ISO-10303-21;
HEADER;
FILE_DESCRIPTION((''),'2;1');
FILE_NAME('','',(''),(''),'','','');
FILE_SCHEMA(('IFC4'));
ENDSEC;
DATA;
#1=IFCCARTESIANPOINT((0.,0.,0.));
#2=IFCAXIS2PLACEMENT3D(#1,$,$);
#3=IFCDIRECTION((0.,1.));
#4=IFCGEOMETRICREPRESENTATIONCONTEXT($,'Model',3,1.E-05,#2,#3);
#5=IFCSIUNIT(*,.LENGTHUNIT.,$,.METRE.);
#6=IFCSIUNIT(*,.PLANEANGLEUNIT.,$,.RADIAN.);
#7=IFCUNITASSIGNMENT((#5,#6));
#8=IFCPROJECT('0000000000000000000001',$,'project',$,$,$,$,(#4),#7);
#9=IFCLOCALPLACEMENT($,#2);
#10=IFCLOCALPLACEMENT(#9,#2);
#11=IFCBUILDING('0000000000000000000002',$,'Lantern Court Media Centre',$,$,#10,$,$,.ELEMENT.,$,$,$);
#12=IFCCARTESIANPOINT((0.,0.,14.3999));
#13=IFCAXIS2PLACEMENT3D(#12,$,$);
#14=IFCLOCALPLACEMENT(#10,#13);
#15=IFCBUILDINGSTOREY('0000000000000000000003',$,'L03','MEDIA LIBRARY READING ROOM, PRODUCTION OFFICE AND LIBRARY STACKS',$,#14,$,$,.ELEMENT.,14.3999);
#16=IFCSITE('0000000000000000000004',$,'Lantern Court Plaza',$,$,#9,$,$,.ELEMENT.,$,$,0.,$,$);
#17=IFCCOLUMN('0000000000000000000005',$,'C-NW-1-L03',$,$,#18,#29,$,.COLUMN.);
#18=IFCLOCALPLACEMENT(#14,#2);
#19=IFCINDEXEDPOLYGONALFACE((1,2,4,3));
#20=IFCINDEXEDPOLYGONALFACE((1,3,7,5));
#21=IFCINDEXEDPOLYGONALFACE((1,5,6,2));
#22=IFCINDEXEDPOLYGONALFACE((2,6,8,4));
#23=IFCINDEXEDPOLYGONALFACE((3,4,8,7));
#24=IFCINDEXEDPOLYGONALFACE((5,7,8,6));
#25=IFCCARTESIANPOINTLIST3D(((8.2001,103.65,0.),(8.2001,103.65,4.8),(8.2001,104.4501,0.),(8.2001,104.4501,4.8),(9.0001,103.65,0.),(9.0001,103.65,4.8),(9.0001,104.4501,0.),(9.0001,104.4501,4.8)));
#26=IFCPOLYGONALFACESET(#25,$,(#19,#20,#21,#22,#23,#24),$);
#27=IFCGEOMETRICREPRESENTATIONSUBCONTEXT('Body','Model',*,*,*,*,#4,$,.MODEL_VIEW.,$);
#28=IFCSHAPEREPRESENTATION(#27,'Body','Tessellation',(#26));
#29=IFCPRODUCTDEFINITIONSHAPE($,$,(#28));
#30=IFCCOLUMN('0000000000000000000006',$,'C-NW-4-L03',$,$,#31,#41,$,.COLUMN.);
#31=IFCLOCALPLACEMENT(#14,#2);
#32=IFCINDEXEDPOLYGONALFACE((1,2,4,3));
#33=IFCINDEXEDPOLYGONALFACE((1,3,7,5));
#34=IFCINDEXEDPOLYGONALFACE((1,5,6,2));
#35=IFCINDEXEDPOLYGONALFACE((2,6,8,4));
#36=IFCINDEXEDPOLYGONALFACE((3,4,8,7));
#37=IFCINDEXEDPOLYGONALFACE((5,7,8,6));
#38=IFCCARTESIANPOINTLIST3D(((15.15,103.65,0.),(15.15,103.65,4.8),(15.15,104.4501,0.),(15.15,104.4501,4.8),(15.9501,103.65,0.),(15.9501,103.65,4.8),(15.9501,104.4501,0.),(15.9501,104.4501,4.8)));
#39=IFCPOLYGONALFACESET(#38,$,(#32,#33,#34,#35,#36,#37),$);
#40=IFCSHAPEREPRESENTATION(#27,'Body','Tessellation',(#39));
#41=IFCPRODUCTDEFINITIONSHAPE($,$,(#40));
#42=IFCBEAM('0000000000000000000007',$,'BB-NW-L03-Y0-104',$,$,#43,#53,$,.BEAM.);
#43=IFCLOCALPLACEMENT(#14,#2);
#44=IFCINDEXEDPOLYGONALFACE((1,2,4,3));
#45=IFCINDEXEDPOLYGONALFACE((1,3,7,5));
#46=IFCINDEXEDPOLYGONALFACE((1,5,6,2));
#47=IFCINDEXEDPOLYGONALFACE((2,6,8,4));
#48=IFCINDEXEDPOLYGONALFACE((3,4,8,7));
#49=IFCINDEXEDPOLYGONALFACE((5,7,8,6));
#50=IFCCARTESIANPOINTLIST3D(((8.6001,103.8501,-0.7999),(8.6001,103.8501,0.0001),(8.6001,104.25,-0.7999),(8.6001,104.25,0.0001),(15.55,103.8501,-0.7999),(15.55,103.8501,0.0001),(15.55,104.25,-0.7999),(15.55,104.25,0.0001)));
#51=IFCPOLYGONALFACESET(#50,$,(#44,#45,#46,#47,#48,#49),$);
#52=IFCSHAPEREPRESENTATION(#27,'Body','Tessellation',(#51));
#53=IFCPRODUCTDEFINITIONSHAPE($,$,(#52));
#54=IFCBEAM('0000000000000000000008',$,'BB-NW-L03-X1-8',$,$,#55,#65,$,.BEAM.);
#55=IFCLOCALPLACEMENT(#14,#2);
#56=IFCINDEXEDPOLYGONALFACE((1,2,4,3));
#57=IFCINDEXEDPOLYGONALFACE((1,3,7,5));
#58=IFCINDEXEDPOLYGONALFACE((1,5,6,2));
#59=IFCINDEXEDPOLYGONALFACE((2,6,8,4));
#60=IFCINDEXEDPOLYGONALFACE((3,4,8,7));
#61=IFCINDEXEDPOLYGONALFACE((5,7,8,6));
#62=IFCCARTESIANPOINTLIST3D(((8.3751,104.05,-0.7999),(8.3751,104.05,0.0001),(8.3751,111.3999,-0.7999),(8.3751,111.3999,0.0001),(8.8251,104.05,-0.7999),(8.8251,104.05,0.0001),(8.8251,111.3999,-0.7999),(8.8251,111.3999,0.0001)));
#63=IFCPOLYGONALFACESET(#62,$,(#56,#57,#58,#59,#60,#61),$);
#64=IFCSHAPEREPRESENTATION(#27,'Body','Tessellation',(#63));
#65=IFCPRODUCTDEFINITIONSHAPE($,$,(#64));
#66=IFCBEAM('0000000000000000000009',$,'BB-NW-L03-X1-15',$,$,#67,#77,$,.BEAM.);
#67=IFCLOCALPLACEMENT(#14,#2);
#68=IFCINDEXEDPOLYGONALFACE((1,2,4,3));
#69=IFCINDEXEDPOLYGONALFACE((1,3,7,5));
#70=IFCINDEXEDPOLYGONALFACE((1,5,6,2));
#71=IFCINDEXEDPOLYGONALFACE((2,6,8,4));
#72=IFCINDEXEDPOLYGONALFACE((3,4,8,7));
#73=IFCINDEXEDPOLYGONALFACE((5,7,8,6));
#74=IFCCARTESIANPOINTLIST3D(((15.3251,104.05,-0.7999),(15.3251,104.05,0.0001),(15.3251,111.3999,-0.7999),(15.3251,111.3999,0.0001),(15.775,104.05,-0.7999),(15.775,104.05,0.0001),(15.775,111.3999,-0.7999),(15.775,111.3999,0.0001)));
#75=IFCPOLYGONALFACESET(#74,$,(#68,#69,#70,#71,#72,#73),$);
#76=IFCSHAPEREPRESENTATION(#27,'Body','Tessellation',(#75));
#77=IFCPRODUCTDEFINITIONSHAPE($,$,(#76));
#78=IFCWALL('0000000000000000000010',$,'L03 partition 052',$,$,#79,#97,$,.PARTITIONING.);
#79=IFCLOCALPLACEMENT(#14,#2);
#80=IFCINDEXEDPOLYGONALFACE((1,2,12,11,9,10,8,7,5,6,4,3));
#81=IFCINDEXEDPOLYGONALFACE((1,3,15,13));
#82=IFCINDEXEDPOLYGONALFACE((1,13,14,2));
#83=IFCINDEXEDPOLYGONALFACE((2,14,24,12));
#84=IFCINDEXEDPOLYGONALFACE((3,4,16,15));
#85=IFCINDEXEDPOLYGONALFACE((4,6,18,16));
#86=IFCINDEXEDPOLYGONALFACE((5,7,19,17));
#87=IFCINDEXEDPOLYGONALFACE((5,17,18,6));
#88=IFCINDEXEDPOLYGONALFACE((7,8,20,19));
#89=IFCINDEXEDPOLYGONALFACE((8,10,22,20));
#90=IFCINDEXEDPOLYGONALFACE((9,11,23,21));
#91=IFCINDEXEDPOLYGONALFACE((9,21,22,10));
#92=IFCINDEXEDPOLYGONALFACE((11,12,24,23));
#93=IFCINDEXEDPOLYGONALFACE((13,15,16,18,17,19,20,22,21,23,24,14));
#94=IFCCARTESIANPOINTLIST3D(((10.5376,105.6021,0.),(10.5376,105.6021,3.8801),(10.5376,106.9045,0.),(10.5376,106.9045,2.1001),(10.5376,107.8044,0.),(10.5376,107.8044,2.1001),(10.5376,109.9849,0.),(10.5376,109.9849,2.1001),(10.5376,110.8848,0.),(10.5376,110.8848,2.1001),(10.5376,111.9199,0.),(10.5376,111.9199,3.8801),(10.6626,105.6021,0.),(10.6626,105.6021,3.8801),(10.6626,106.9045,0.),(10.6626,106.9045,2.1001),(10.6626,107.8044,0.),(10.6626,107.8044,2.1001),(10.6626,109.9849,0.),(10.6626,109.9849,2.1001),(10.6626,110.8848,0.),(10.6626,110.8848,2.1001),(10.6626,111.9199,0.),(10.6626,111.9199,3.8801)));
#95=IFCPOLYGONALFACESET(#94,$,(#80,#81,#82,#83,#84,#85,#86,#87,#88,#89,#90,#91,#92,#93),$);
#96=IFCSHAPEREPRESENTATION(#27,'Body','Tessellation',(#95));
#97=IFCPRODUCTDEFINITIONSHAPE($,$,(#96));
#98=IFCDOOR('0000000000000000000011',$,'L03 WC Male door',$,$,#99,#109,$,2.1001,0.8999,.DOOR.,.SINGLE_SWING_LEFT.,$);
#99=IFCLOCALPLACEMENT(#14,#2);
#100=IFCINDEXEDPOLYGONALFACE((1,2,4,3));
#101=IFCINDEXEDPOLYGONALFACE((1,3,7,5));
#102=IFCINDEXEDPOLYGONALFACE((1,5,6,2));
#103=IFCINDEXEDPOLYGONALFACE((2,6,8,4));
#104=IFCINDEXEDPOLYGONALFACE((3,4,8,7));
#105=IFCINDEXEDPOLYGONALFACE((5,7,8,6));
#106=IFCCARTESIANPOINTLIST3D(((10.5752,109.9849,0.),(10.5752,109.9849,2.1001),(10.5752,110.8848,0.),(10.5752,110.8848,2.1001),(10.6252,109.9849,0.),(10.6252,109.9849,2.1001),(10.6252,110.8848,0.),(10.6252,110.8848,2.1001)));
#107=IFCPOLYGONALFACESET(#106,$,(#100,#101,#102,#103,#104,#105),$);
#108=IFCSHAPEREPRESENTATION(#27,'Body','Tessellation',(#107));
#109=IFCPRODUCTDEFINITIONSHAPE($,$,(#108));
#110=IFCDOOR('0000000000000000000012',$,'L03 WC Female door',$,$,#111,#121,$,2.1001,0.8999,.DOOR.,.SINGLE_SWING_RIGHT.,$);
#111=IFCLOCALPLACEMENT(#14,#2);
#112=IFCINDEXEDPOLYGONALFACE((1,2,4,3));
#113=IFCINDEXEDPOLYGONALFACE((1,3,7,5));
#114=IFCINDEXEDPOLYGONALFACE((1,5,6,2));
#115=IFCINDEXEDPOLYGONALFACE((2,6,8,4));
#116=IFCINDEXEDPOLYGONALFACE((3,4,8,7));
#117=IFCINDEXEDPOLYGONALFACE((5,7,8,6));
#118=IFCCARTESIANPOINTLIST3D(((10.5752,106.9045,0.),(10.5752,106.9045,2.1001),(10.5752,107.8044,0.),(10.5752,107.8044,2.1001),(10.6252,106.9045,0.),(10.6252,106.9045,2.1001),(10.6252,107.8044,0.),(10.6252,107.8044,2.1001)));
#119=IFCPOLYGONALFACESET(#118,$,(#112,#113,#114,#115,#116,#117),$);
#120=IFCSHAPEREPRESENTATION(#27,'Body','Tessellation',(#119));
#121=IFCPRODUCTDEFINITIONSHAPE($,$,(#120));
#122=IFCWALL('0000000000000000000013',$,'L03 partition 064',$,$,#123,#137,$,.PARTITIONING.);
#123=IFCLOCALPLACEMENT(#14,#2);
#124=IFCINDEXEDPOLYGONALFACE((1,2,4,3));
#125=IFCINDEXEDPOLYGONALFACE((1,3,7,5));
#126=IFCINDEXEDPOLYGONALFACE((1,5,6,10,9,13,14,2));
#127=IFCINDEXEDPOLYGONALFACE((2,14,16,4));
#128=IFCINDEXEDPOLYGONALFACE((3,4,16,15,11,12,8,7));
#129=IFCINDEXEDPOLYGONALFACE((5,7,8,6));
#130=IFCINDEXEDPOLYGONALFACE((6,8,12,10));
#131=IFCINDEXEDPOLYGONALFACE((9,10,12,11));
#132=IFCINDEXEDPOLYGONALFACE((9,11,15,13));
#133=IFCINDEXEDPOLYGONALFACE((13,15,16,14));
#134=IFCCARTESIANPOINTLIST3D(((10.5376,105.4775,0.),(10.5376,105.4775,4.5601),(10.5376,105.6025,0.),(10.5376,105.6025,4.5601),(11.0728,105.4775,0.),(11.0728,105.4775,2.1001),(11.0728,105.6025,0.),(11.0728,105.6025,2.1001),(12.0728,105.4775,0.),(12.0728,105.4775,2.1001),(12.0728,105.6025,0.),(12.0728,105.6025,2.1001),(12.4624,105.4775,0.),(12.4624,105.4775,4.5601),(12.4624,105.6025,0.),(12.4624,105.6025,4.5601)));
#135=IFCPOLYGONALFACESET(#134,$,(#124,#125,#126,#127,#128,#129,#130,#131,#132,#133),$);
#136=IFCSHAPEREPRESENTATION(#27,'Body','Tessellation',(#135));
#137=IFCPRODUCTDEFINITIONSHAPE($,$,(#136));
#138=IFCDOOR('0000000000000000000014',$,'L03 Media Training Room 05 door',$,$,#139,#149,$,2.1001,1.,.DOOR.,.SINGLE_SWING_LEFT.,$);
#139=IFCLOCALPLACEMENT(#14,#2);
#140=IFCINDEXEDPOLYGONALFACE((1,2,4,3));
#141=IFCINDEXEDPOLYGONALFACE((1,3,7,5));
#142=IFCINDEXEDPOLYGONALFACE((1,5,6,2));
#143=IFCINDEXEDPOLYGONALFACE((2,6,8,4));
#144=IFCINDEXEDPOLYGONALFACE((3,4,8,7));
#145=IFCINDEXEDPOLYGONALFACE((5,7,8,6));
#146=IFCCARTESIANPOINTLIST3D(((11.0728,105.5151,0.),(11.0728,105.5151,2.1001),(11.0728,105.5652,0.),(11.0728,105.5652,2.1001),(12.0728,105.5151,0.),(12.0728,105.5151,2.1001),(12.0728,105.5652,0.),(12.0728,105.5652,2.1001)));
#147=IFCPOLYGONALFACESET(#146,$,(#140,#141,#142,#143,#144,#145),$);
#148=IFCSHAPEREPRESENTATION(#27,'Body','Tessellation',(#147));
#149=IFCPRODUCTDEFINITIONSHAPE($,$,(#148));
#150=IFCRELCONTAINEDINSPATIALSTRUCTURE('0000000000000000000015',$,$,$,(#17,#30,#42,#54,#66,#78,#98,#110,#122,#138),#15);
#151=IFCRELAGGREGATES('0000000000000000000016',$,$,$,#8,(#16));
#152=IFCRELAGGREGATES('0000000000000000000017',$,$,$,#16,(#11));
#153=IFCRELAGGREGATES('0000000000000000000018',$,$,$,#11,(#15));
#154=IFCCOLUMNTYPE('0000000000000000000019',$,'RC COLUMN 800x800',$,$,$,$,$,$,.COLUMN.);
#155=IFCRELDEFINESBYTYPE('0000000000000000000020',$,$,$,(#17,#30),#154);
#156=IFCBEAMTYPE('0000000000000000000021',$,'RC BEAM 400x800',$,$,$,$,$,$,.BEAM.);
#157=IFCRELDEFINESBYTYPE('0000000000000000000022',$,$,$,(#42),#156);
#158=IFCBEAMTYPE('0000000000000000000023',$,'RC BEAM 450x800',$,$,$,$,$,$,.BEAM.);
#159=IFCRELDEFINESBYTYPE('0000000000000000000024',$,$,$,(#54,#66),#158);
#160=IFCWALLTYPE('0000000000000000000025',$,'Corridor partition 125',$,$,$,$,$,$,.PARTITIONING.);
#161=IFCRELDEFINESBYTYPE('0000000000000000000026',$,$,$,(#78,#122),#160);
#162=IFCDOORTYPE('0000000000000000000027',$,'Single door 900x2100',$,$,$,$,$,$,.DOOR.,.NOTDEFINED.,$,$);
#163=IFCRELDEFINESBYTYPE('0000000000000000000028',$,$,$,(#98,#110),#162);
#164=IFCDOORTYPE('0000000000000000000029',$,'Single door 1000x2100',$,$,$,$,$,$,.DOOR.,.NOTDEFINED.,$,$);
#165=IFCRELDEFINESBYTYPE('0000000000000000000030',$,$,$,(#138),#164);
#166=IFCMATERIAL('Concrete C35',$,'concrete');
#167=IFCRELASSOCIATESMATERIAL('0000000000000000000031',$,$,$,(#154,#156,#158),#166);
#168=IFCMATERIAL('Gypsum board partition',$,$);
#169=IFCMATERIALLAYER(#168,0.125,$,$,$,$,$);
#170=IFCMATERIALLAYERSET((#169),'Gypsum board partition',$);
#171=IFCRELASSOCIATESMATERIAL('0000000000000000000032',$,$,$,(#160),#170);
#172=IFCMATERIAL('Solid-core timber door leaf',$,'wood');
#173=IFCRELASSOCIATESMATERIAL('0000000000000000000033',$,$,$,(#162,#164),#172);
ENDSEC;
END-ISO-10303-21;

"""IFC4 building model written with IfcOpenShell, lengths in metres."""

from ifc_helpers import new_model, si_unit, direction, frame, frame_2d, origin, origin_2d, place, context, subcontext, project, spatial, rectangle, extrude, material, layer, layer_set, material_profile, profile_set, type_object, element, fill, save


model = new_model("IFC4")

# Units and contexts
model_context = context("Model", 3, precision=1e-05, world=origin(), true_north=direction((0.0, 1.0)))
body_context = subcontext(model_context, "Body", "Model", "MODEL_VIEW")
ifc_project = project(units=[si_unit("LENGTHUNIT", "METRE"), si_unit("PLANEANGLEUNIT", "RADIAN")], contexts=[model_context])

# Site, building, storey
site_placement = place(None, origin())
site = spatial("IfcSite", under=ifc_project, at=site_placement, Name="Lantern Court Plaza", CompositionType="ELEMENT", RefElevation=0.0)
building_placement = place(site_placement, origin())
building = spatial("IfcBuilding", under=site, at=building_placement, Name="Lantern Court Media Centre", CompositionType="ELEMENT")
storey_placement = place(building_placement, frame((0.0, 0.0, 14.3999)))
storey = spatial("IfcBuildingStorey", under=building, at=storey_placement, Name="L03", Description="MEDIA LIBRARY READING ROOM, PRODUCTION OFFICE AND LIBRARY STACKS", CompositionType="ELEMENT", Elevation=14.3999)

# Columns
ifc_material_1 = material(Name="Concrete C35", Category="concrete")
ifc_material_profile_1 = material_profile(ifc_material_1, rectangle(XDim=0.8, YDim=0.8, at=origin_2d()), Name="RC 800x800")
ifc_profile_set_1 = profile_set([ifc_material_profile_1], Name="Concrete C35")
column_type = type_object("IfcColumnType", Name="RC COLUMN 800x800", PredefinedType="COLUMN", material=ifc_profile_set_1)
for number, where, z_axis, x_axis, name in (
    (1, (8.6001, 104.05, 0.0), (0.0, 0.0, 1.0), (1.0, 0.0, 0.0), "C-NW-1-L03"),
    (2, (15.55, 104.05, 0.0), (0.0, 0.0, 1.0), (1.0, 0.0, 0.0), "C-NW-4-L03"),
):
    element("IfcColumn", number, at=place(storey_placement, frame(where, z_axis=z_axis, x_axis=x_axis)), inside=storey, type_object=column_type, Name=name, PredefinedType="COLUMN", context=body_context, shape_type="SweptSolid", body=[
        extrude(rectangle(XDim=0.8, YDim=0.8, at=origin_2d()), origin(), (0.0, 0.0, 1.0), 4.8),
    ])

# Beams
ifc_material_profile_2 = material_profile(ifc_material_1, rectangle(XDim=0.3999, YDim=0.8, at=origin_2d()), Name="RC 400x800")
ifc_profile_set_2 = profile_set([ifc_material_profile_2], Name="Concrete C35")
beam_type_1 = type_object("IfcBeamType", Name="RC BEAM 400x800", PredefinedType="BEAM", material=ifc_profile_set_2)
beam_placement = place(storey_placement, frame((8.6001, 104.05, -0.3999), z_axis=(1.0, 0.0, 0.0), x_axis=(0.0, 1.0, 0.0)))
element("IfcBeam", 3, at=beam_placement, inside=storey, type_object=beam_type_1, Name="BB-NW-L03-Y0-104", PredefinedType="BEAM", context=body_context, shape_type="SweptSolid", body=[
    extrude(rectangle(XDim=0.3999, YDim=0.8, at=origin_2d()), origin(), (0.0, 0.0, 1.0), 6.95),
])
ifc_material_profile_3 = material_profile(ifc_material_1, rectangle(XDim=0.45, YDim=0.8, at=origin_2d()), Name="RC 450x800")
ifc_profile_set_3 = profile_set([ifc_material_profile_3], Name="Concrete C35")
beam_type_2 = type_object("IfcBeamType", Name="RC BEAM 450x800", PredefinedType="BEAM", material=ifc_profile_set_3)
for number, where, z_axis, x_axis, name in (
    (4, (8.6001, 104.05, -0.3999), (0.0, 1.0, 0.0), (-1.0, 0.0, 0.0), "BB-NW-L03-X1-8"),
    (5, (15.55, 104.05, -0.3999), (0.0, 1.0, 0.0), (-1.0, 0.0, 0.0), "BB-NW-L03-X1-15"),
):
    element("IfcBeam", number, at=place(storey_placement, frame(where, z_axis=z_axis, x_axis=x_axis)), inside=storey, type_object=beam_type_2, Name=name, PredefinedType="BEAM", context=body_context, shape_type="SweptSolid", body=[
        extrude(rectangle(XDim=0.45, YDim=0.8, at=origin_2d()), origin(), (0.0, 0.0, 1.0), 7.3499),
    ])

# Wall, openings, doors
ifc_material_2 = material(Name="Gypsum board partition")
ifc_layer_1 = layer(ifc_material_2, 0.125)
ifc_layer_set_1 = layer_set([ifc_layer_1], Name="Gypsum board partition")
wall_type_1 = type_object("IfcWallType", Name="Corridor partition 125", PredefinedType="PARTITIONING", material=ifc_layer_set_1)
wall_1_placement = place(storey_placement, frame((10.6001, 105.6021, 0.0), z_axis=(0.0, 0.0, 1.0), x_axis=(0.0, 1.0, 0.0)))
wall_1 = element("IfcWall", 6, at=wall_1_placement, inside=storey, type_object=wall_type_1, Name="L03 partition 052", PredefinedType="PARTITIONING", context=body_context, shape_type="SweptSolid", body=[
    extrude(rectangle(XDim=6.3179, YDim=0.125, at=frame_2d((3.1589, 0.0))), origin(), (0.0, 0.0, 1.0), 3.8801),
])
opening_1_placement = place(wall_1_placement, frame((4.3828, 0.0, 0.0)))
opening_1 = element("IfcOpeningElement", 7, at=opening_1_placement, cuts=wall_1, PredefinedType="OPENING", context=body_context, shape_type="SweptSolid", body=[
    extrude(rectangle(XDim=0.8999, YDim=2.1001, at=frame_2d((0.45, 1.05))), frame((0.0, 0.0725, 0.0), z_axis=(0.0, -1.0, 0.0), x_axis=(1.0, 0.0, 0.0)), (0.0, 0.0, 1.0), 0.145),
])
opening_2_placement = place(wall_1_placement, frame((1.3025, 0.0, 0.0)))
opening_2 = element("IfcOpeningElement", 8, at=opening_2_placement, cuts=wall_1, PredefinedType="OPENING", context=body_context, shape_type="SweptSolid", body=[
    extrude(rectangle(XDim=0.8999, YDim=2.1001, at=frame_2d((0.45, 1.05))), frame((0.0, 0.0725, 0.0), z_axis=(0.0, -1.0, 0.0), x_axis=(1.0, 0.0, 0.0)), (0.0, 0.0, 1.0), 0.145),
])
ifc_material_3 = material(Name="Solid-core timber door leaf", Category="wood")
door_type_1 = type_object("IfcDoorType", Name="Single door 900x2100", OperationType="NOTDEFINED", PredefinedType="DOOR", material=ifc_material_3)
door_1_placement = place(opening_1_placement, origin())
door_1 = element("IfcDoor", 9, at=door_1_placement, inside=storey, type_object=door_type_1, Name="L03 WC Male door", OperationType="SINGLE_SWING_LEFT", OverallHeight=2.1001, OverallWidth=0.8999, PredefinedType="DOOR", context=body_context, shape_type="SweptSolid", body=[
    extrude(rectangle(XDim=0.8999, YDim=2.1001, at=frame_2d((0.45, 1.05))), frame((0.0, 0.0249, 0.0), z_axis=(0.0, -1.0, 0.0), x_axis=(1.0, 0.0, 0.0)), (0.0, 0.0, 1.0), 0.05),
])
fill(opening_1, door_1)
door_2_placement = place(opening_2_placement, origin())
door_2 = element("IfcDoor", 10, at=door_2_placement, inside=storey, type_object=door_type_1, Name="L03 WC Female door", OperationType="SINGLE_SWING_RIGHT", OverallHeight=2.1001, OverallWidth=0.8999, PredefinedType="DOOR", context=body_context, shape_type="SweptSolid", body=[
    extrude(rectangle(XDim=0.8999, YDim=2.1001, at=frame_2d((0.45, 1.05))), frame((0.0, 0.0249, 0.0), z_axis=(0.0, -1.0, 0.0), x_axis=(1.0, 0.0, 0.0)), (0.0, 0.0, 1.0), 0.05),
])
fill(opening_2, door_2)

# Wall, opening, door
wall_2_placement = place(storey_placement, frame((10.5376, 105.54, 0.0), z_axis=(0.0, 0.0, 1.0), x_axis=(1.0, 0.0, 0.0)))
wall_2 = element("IfcWall", 11, at=wall_2_placement, inside=storey, type_object=wall_type_1, Name="L03 partition 064", PredefinedType="PARTITIONING", context=body_context, shape_type="SweptSolid", body=[
    extrude(rectangle(XDim=1.9248, YDim=0.125, at=frame_2d((0.9624, 0.0))), origin(), (0.0, 0.0, 1.0), 4.5601),
])
opening_3_placement = place(wall_2_placement, frame((0.5352, 0.0, 0.0)))
opening_3 = element("IfcOpeningElement", 12, at=opening_3_placement, cuts=wall_2, PredefinedType="OPENING", context=body_context, shape_type="SweptSolid", body=[
    extrude(rectangle(XDim=1.0, YDim=2.1001, at=frame_2d((0.5, 1.05))), frame((0.0, 0.0725, 0.0), z_axis=(0.0, -1.0, 0.0), x_axis=(1.0, 0.0, 0.0)), (0.0, 0.0, 1.0), 0.145),
])
door_type_2 = type_object("IfcDoorType", Name="Single door 1000x2100", OperationType="NOTDEFINED", PredefinedType="DOOR", material=ifc_material_3)
door_3_placement = place(opening_3_placement, frame((1.0, 0.0, 0.0), z_axis=(0.0, 0.0, 1.0), x_axis=(-1.0, 0.0, 0.0)))
door_3 = element("IfcDoor", 13, at=door_3_placement, inside=storey, type_object=door_type_2, Name="L03 Media Training Room 05 door", OperationType="SINGLE_SWING_LEFT", OverallHeight=2.1001, OverallWidth=1.0, PredefinedType="DOOR", context=body_context, shape_type="SweptSolid", body=[
    extrude(rectangle(XDim=1.0, YDim=2.1001, at=frame_2d((0.5, 1.05))), frame((0.0, 0.0249, 0.0), z_axis=(0.0, -1.0, 0.0), x_axis=(1.0, 0.0, 0.0)), (0.0, 0.0, 1.0), 0.05),
])
fill(opening_3, door_3)

save(model, "model.ifc")
